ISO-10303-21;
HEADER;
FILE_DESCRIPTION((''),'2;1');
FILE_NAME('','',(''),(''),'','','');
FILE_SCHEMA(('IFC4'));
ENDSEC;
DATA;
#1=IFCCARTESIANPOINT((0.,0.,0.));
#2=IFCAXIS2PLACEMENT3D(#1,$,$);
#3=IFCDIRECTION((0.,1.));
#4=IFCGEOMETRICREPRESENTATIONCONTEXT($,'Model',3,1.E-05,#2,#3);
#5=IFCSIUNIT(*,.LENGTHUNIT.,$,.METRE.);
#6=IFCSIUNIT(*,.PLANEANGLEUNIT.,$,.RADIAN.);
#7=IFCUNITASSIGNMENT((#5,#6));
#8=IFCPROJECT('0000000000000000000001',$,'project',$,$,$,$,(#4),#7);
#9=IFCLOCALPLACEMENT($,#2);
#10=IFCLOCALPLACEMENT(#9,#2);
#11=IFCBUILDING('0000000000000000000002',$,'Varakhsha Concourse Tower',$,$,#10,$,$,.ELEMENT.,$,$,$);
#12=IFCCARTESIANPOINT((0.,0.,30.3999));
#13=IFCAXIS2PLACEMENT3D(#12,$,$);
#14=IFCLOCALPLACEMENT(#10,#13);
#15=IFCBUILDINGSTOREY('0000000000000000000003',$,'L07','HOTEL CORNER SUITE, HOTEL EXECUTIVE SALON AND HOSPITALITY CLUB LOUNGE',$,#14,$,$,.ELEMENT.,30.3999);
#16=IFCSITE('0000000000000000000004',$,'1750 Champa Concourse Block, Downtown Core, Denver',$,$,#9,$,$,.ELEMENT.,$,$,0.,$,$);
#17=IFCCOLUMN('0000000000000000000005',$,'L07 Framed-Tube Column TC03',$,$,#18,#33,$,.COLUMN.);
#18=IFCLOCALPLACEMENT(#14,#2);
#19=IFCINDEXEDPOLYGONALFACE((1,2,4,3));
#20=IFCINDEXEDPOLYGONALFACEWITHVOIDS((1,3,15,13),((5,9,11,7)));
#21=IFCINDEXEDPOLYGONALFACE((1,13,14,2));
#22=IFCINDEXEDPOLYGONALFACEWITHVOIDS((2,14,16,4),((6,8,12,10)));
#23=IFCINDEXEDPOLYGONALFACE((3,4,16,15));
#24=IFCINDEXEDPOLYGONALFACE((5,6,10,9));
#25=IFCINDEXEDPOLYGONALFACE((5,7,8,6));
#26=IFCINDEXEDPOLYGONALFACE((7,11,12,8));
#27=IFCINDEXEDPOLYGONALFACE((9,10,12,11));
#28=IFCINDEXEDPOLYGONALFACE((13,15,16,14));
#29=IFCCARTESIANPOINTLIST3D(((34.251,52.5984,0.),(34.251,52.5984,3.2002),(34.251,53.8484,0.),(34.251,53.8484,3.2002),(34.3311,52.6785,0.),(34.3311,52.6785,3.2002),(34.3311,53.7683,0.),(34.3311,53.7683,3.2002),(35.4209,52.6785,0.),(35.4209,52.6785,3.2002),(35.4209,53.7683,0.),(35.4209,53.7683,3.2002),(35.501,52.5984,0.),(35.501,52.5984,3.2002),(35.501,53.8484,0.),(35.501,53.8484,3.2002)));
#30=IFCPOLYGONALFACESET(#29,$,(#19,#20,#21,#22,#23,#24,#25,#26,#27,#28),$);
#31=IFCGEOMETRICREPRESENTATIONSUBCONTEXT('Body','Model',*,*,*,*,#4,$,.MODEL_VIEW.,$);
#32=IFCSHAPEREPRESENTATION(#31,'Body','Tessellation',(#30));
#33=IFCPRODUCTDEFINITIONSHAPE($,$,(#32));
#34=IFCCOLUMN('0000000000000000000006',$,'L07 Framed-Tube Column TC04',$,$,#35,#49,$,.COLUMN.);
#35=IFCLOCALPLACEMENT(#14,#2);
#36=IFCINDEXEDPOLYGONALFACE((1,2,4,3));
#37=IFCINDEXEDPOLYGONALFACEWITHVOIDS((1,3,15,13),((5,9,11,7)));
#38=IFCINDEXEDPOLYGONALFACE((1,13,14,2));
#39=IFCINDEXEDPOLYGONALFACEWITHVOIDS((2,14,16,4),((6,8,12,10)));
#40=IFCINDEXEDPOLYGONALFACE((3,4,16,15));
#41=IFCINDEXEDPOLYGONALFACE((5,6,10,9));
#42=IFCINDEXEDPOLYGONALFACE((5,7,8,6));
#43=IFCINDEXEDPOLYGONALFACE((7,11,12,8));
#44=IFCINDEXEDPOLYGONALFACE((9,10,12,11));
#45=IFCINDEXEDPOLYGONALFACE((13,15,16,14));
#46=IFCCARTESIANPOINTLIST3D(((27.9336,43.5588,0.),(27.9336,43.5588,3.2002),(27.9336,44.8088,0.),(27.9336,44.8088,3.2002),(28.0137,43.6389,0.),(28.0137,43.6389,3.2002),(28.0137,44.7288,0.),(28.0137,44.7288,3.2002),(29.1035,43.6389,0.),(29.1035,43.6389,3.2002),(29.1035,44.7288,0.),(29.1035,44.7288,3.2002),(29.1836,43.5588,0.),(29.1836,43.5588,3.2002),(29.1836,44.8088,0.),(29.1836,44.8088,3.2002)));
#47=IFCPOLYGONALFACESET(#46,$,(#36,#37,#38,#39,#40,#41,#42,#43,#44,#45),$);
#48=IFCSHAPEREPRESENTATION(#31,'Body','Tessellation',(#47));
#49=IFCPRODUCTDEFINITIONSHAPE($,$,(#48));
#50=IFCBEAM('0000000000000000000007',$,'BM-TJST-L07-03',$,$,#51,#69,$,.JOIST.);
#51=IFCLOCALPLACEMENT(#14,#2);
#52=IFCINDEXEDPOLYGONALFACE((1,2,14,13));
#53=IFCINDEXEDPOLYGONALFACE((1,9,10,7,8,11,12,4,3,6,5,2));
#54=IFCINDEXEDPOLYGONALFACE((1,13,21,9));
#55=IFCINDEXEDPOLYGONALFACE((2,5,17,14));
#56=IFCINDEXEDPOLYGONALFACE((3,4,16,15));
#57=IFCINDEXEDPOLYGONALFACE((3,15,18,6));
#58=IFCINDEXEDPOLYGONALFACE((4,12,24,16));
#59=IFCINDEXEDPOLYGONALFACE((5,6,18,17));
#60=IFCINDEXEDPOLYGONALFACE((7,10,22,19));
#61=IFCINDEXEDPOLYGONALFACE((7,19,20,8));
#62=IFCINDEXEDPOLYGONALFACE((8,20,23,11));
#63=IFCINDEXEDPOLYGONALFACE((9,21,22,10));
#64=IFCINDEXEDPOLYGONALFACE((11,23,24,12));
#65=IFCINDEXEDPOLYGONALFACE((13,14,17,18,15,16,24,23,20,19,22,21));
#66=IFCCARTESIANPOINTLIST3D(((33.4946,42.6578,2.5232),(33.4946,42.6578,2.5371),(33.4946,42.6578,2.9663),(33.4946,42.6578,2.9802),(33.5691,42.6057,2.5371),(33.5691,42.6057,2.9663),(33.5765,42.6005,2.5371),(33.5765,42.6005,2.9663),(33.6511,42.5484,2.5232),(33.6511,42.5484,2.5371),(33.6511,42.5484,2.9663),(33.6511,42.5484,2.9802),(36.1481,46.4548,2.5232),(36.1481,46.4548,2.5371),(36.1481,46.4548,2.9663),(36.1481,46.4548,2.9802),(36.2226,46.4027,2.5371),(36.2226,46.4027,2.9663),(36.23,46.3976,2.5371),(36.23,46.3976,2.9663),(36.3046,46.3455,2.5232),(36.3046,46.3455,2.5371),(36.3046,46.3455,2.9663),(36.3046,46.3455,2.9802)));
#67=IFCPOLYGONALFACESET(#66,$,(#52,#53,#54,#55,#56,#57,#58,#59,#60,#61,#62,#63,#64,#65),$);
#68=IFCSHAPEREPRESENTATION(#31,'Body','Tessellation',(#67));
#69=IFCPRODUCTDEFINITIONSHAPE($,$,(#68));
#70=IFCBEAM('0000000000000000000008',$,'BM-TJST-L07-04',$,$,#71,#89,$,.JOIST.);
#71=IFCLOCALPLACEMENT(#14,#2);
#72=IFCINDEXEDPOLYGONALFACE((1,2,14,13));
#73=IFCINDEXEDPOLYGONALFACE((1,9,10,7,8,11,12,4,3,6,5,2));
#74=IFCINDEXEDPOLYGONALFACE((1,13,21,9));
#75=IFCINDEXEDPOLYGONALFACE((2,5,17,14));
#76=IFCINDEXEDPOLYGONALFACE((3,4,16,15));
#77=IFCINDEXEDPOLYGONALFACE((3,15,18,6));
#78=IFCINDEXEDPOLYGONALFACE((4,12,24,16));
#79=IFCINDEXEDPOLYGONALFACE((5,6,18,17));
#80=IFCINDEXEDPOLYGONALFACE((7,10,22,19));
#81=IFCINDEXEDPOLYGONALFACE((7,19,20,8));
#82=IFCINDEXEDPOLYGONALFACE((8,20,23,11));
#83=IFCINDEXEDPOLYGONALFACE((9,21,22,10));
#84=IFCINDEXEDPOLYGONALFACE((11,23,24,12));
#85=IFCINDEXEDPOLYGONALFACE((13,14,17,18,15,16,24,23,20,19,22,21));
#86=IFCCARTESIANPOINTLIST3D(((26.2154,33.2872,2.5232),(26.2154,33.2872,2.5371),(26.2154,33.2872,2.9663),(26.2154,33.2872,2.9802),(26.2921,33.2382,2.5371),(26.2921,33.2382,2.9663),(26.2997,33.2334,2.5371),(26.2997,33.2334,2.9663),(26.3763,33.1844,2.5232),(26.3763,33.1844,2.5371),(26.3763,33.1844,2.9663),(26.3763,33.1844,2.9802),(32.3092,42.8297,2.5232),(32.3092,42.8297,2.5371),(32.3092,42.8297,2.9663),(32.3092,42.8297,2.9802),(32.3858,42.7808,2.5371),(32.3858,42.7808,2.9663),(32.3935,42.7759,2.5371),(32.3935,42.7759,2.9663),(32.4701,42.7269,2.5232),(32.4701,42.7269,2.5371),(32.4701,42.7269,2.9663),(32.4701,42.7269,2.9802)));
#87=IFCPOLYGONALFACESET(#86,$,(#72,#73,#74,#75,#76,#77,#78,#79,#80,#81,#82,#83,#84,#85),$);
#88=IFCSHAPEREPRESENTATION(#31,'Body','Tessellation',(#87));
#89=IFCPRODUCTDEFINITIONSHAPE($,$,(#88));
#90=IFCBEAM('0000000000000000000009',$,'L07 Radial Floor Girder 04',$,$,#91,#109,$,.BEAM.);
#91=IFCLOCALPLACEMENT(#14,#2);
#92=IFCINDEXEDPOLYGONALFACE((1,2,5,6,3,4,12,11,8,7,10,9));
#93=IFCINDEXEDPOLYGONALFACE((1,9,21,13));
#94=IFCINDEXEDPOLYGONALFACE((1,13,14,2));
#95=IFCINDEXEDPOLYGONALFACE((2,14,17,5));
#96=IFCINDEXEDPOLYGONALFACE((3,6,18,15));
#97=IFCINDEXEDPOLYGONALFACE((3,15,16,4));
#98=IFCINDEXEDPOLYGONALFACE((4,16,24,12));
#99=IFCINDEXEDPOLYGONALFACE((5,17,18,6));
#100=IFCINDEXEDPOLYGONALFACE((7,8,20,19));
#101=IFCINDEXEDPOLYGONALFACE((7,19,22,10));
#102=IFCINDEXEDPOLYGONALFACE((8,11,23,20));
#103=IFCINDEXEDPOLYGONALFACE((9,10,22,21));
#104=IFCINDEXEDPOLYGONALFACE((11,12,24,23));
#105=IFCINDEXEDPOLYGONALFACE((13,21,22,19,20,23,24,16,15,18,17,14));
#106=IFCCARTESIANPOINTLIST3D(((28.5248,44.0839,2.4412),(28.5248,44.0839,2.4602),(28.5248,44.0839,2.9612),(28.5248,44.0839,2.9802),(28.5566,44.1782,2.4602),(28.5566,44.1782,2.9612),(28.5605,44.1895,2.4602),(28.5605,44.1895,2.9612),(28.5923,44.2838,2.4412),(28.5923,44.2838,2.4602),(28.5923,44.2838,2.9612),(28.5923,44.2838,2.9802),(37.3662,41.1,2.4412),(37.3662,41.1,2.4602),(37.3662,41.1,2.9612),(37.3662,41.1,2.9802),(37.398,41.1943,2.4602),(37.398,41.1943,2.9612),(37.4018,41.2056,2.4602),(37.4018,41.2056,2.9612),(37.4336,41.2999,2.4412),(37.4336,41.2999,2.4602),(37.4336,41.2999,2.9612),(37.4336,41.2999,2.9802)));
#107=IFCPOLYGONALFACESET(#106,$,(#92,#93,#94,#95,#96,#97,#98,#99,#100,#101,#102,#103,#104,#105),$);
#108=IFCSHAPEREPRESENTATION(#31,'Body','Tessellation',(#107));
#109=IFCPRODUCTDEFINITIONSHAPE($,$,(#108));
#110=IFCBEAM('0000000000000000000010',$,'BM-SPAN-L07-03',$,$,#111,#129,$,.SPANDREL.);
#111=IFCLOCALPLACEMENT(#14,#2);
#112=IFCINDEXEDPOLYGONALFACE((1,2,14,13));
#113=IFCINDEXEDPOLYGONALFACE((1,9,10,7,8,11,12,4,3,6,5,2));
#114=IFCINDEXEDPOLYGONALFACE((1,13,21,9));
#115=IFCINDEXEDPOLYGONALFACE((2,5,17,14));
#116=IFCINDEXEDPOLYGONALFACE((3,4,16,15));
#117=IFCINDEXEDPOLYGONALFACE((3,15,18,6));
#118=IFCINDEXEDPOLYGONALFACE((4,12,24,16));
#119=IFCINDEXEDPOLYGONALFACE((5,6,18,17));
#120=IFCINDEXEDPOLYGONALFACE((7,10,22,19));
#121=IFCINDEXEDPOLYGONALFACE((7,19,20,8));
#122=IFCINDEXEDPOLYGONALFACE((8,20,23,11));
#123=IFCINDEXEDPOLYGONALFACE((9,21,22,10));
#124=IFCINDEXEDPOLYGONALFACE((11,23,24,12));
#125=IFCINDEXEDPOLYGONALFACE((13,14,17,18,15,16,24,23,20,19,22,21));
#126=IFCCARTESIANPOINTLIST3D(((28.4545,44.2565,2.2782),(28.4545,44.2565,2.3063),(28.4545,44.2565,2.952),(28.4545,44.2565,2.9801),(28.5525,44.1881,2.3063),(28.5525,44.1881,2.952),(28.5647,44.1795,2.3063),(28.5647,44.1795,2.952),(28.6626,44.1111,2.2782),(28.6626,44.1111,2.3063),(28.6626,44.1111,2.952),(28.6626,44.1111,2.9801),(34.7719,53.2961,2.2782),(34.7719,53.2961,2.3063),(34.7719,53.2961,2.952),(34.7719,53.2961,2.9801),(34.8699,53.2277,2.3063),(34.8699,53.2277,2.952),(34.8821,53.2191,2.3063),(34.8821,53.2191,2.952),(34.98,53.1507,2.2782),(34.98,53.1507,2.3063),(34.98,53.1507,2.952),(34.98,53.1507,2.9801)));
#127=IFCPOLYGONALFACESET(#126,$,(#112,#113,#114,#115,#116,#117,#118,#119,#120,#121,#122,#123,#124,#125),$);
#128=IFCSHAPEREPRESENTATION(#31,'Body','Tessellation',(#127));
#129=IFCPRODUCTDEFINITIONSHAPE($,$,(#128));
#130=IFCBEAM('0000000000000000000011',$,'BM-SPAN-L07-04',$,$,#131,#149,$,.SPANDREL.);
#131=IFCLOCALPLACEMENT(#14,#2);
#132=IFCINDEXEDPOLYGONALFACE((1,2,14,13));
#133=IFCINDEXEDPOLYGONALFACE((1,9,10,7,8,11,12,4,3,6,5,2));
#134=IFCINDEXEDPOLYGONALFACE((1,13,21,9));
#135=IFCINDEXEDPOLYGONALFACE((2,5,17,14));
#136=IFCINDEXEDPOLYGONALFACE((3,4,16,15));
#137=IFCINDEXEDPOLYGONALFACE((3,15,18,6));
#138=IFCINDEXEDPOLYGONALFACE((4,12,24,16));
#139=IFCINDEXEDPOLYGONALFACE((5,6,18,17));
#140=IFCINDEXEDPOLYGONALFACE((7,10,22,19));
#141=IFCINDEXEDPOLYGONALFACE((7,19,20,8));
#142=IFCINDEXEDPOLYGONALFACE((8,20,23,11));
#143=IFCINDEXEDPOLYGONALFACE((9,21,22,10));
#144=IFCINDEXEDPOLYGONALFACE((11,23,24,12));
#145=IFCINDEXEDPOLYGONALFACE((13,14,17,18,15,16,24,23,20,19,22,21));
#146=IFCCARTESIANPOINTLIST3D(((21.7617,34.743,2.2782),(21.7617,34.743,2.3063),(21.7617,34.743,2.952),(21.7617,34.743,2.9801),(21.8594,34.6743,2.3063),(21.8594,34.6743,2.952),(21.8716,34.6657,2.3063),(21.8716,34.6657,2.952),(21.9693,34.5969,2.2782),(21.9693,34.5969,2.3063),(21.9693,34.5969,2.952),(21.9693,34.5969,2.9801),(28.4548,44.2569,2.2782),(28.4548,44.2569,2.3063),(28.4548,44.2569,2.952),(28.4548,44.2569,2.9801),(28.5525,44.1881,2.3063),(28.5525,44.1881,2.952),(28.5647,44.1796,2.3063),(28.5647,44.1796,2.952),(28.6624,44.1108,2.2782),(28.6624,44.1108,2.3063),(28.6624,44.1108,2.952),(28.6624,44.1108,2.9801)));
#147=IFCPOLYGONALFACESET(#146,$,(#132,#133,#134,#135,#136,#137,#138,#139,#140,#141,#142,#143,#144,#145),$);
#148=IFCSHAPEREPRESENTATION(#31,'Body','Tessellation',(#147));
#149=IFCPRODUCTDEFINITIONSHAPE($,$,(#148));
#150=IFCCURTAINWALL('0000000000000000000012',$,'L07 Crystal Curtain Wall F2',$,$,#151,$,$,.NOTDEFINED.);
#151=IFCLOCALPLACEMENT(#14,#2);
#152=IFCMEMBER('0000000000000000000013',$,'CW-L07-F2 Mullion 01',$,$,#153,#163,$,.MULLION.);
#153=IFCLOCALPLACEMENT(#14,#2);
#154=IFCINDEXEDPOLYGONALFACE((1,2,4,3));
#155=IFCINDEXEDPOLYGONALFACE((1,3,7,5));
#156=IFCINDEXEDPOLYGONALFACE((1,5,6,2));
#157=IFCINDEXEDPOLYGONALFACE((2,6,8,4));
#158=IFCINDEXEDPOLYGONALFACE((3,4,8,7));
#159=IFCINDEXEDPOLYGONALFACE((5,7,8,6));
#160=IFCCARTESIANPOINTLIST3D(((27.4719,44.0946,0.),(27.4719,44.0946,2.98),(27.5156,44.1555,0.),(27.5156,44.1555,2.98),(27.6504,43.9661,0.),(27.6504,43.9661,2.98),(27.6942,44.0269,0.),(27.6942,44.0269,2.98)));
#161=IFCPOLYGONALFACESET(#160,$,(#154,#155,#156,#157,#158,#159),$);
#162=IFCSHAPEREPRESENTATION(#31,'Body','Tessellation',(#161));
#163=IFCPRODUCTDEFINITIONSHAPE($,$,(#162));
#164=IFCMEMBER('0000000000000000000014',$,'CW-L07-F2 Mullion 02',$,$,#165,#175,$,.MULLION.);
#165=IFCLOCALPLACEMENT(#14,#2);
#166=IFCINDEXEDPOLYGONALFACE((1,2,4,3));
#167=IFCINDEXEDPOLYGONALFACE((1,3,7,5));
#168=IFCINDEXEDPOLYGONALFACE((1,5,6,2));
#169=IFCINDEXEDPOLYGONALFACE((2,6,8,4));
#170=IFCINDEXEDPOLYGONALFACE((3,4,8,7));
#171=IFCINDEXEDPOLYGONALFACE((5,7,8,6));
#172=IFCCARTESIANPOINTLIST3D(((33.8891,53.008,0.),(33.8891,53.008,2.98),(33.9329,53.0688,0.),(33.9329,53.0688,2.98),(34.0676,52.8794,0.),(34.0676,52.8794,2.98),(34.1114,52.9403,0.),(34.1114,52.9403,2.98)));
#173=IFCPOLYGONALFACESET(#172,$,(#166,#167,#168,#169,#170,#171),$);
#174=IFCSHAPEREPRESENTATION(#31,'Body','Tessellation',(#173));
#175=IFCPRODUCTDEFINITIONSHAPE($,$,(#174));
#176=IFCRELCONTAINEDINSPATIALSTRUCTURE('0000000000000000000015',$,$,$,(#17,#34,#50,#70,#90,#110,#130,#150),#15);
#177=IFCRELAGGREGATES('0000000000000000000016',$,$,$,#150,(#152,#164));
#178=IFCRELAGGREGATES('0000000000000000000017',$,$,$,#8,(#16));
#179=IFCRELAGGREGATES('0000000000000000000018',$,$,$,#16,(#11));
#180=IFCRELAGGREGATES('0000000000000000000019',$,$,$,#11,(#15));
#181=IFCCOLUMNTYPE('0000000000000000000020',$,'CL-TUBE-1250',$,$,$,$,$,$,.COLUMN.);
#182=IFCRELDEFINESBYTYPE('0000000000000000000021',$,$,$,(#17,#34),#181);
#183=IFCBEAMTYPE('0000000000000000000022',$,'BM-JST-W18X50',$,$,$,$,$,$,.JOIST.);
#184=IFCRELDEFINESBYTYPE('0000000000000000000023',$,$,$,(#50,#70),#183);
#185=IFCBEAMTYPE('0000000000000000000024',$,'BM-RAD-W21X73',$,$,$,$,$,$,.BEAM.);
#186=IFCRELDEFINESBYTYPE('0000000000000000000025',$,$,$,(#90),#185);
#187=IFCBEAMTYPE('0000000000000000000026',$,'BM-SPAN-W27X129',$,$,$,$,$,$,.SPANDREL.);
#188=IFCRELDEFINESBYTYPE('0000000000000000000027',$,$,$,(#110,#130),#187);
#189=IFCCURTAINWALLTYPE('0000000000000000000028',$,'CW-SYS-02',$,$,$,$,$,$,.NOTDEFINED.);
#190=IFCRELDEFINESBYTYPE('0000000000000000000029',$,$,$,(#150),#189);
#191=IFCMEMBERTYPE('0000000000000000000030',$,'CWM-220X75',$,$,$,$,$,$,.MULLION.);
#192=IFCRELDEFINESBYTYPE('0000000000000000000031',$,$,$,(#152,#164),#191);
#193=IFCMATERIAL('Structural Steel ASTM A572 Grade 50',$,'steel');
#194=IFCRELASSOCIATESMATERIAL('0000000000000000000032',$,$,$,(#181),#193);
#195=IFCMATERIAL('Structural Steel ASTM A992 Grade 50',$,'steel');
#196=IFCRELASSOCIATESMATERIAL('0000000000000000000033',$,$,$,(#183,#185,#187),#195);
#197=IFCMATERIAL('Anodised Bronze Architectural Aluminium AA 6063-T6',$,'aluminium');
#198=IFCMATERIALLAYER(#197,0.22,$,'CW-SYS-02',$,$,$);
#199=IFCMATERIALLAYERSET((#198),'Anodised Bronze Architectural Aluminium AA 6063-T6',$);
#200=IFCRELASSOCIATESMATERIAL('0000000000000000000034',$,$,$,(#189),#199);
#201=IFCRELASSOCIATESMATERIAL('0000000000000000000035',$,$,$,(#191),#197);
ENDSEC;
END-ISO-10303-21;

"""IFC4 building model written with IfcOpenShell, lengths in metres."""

from ifc_helpers import new_model, si_unit, direction, frame, origin, origin_2d, place, context, subcontext, project, spatial, rectangle, hollow_rectangle, i_section, extrude, source, transform, mapped, material, layer, layer_set, material_profile, profile_set, type_object, type_shapes, element, aggregate, save


model = new_model("IFC4")

# Units and contexts
model_context = context("Model", 3, precision=1e-05, world=origin(), true_north=direction((0.0, 1.0)))
body_context = subcontext(model_context, "Body", "Model", "MODEL_VIEW")
ifc_project = project(units=[si_unit("LENGTHUNIT", "METRE"), si_unit("PLANEANGLEUNIT", "RADIAN")], contexts=[model_context])

# Site, building, storey
site_placement = place(None, origin())
site = spatial("IfcSite", under=ifc_project, at=site_placement, Name="1750 Champa Concourse Block, Downtown Core, Denver", CompositionType="ELEMENT", RefElevation=0.0)
building_placement = place(site_placement, origin())
building = spatial("IfcBuilding", under=site, at=building_placement, Name="Varakhsha Concourse Tower", CompositionType="ELEMENT")
storey_placement = place(building_placement, frame((0.0, 0.0, 30.3999)))
storey = spatial("IfcBuildingStorey", under=building, at=storey_placement, Name="L07", Description="HOTEL CORNER SUITE, HOTEL EXECUTIVE SALON AND HOSPITALITY CLUB LOUNGE", CompositionType="ELEMENT", Elevation=30.3999)

# Columns
ifc_material_1 = material(Name="Structural Steel ASTM A572 Grade 50", Category="steel")
ifc_material_profile_1 = material_profile(ifc_material_1, hollow_rectangle(XDim=1.25, YDim=1.25, WallThickness=0.0801, at=origin_2d()), Name="BOX 1250x1250x80")
ifc_profile_set_1 = profile_set([ifc_material_profile_1], Name="Structural Steel ASTM A572 Grade 50")
column_type = type_object("IfcColumnType", Name="CL-TUBE-1250", PredefinedType="COLUMN", material=ifc_profile_set_1)
for number, where, z_axis, x_axis, name in (
    (1, (34.876, 53.2234, 0.0), (0.0, 0.0, 1.0), (1.0, 0.0, 0.0), "L07 Framed-Tube Column TC03"),
    (2, (28.5586, 44.1838, 0.0), (0.0, 0.0, 1.0), (1.0, 0.0, 0.0), "L07 Framed-Tube Column TC04"),
):
    element("IfcColumn", number, at=place(storey_placement, frame(where, z_axis=z_axis, x_axis=x_axis)), inside=storey, type_object=column_type, Name=name, PredefinedType="COLUMN", context=body_context, shape_type="SweptSolid", body=[
        extrude(hollow_rectangle(XDim=1.25, YDim=1.25, WallThickness=0.0801, at=origin_2d()), origin(), (0.0, 0.0, 1.0), 3.2002),
    ])

# Beams
ifc_material_2 = material(Name="Structural Steel ASTM A992 Grade 50", Category="steel")
ifc_material_profile_2 = material_profile(ifc_material_2, i_section(OverallWidth=0.1909, OverallDepth=0.457, WebThickness=0.009, FlangeThickness=0.0139, at=origin_2d()), Name="W18X50")
ifc_profile_set_2 = profile_set([ifc_material_profile_2], Name="Structural Steel ASTM A992 Grade 50")
beam_type_1 = type_object("IfcBeamType", Name="BM-JST-W18X50", PredefinedType="JOIST", material=ifc_profile_set_2)
beam_1_placement = place(storey_placement, frame((36.2263, 46.4001, 2.7517), z_axis=(-0.572822, -0.81968, 0.0), x_axis=(0.81968, -0.572822, 0.0)))
element("IfcBeam", 3, at=beam_1_placement, inside=storey, type_object=beam_type_1, Name="BM-TJST-L07-03", PredefinedType="JOIST", context=body_context, shape_type="SweptSolid", body=[
    extrude(i_section(OverallWidth=0.1909, OverallDepth=0.457, WebThickness=0.009, FlangeThickness=0.0139, at=origin_2d()), origin(), (0.0, 0.0, 1.0), 4.6323),
])
beam_2_placement = place(storey_placement, frame((32.3896, 42.7783, 2.7517), z_axis=(-0.538211, -0.84281, 0.0), x_axis=(0.84281, -0.538211, 0.0)))
element("IfcBeam", 4, at=beam_2_placement, inside=storey, type_object=beam_type_1, Name="BM-TJST-L07-04", PredefinedType="JOIST", context=body_context, shape_type="SweptSolid", body=[
    extrude(i_section(OverallWidth=0.1909, OverallDepth=0.457, WebThickness=0.009, FlangeThickness=0.0139, at=origin_2d()), origin(), (0.0, 0.0, 1.0), 11.3223),
])
ifc_material_profile_3 = material_profile(ifc_material_2, i_section(OverallWidth=0.2109, OverallDepth=0.5391, WebThickness=0.012, FlangeThickness=0.019, at=origin_2d()), Name="W21X73")
ifc_profile_set_3 = profile_set([ifc_material_profile_3], Name="Structural Steel ASTM A992 Grade 50")
beam_type_2 = type_object("IfcBeamType", Name="BM-RAD-W21X73", PredefinedType="BEAM", material=ifc_profile_set_3)
beam_3_placement = place(storey_placement, frame((37.3999, 41.2, 2.7107), z_axis=(-0.947494, 0.319773, 0.0), x_axis=(-0.319773, -0.947494, 0.0)))
element("IfcBeam", 5, at=beam_3_placement, inside=storey, type_object=beam_type_2, Name="L07 Radial Floor Girder 04", PredefinedType="BEAM", context=body_context, shape_type="SweptSolid", body=[
    extrude(i_section(OverallWidth=0.2109, OverallDepth=0.5391, WebThickness=0.012, FlangeThickness=0.019, at=origin_2d()), origin(), (0.0, 0.0, 1.0), 9.3313),
])
ifc_material_profile_4 = material_profile(ifc_material_2, i_section(OverallWidth=0.2539, OverallDepth=0.7019, WebThickness=0.0149, FlangeThickness=0.0281, at=origin_2d()), Name="W27X129")
ifc_profile_set_4 = profile_set([ifc_material_profile_4], Name="Structural Steel ASTM A992 Grade 50")
beam_type_3 = type_object("IfcBeamType", Name="BM-SPAN-W27X129", PredefinedType="SPANDREL", material=ifc_profile_set_4)
beam_4_placement = place(storey_placement, frame((34.876, 53.2234, 2.6292), z_axis=(-0.572835, -0.819671, 0.0), x_axis=(0.819671, -0.572835, 0.0)))
element("IfcBeam", 6, at=beam_4_placement, inside=storey, type_object=beam_type_3, Name="BM-SPAN-L07-03", PredefinedType="SPANDREL", context=body_context, shape_type="SweptSolid", body=[
    extrude(i_section(OverallWidth=0.2539, OverallDepth=0.7019, WebThickness=0.0149, FlangeThickness=0.0281, at=origin_2d()), origin(), (0.0, 0.0, 1.0), 11.0283),
])
beam_5_placement = place(storey_placement, frame((28.5586, 44.1838, 2.6292), z_axis=(-0.575386, -0.817882, 0.0), x_axis=(0.817882, -0.575386, 0.0)))
element("IfcBeam", 7, at=beam_5_placement, inside=storey, type_object=beam_type_3, Name="BM-SPAN-L07-04", PredefinedType="SPANDREL", context=body_context, shape_type="SweptSolid", body=[
    extrude(i_section(OverallWidth=0.2539, OverallDepth=0.7019, WebThickness=0.0149, FlangeThickness=0.0281, at=origin_2d()), origin(), (0.0, 0.0, 1.0), 11.6323),
])

# Curtain wall, members
ifc_material_3 = material(Name="Anodised Bronze Architectural Aluminium AA 6063-T6", Category="aluminium")
ifc_layer_1 = layer(ifc_material_3, 0.22, Name="CW-SYS-02")
ifc_layer_set_1 = layer_set([ifc_layer_1], Name="Anodised Bronze Architectural Aluminium AA 6063-T6")
curtain_wall_type = type_object("IfcCurtainWallType", Name="CW-SYS-02", PredefinedType="NOTDEFINED", material=ifc_layer_set_1)
curtain_wall_placement = place(storey_placement, origin())
curtain_wall = element("IfcCurtainWall", 8, at=curtain_wall_placement, inside=storey, type_object=curtain_wall_type, Name="L07 Crystal Curtain Wall F2", PredefinedType="NOTDEFINED")
ifc_material_profile_5 = material_profile(ifc_material_3, rectangle(XDim=0.075, YDim=0.22, at=origin_2d()), Name="CWM-220X75")
ifc_profile_set_5 = profile_set([ifc_material_profile_5], Name="Anodised Bronze Architectural Aluminium AA 6063-T6")
member_type = type_object("IfcMemberType", Name="CWM-220X75", PredefinedType="MULLION", material=ifc_profile_set_5)
shared_shape_1 = source(origin(), body_context, "Body", "SweptSolid", [
    extrude(rectangle(XDim=0.075, YDim=0.22, at=origin_2d()), origin(), (0.0, 0.0, 1.0), 2.98),
])
type_shapes(member_type, [shared_shape_1])
member_1_placement = place(storey_placement, frame((27.583, 44.0608, 0.0), z_axis=(0.0, 0.0, 1.0), x_axis=(0.584284, 0.81155, 0.0)))
member_1 = element("IfcMember", 9, at=member_1_placement, type_object=member_type, Name="CW-L07-F2 Mullion 01", PredefinedType="MULLION", context=body_context, shape_type="MappedRepresentation", body=[
    mapped(shared_shape_1, transform((0.0, 0.0, 0.0), scale=1.0)),
])
member_2_placement = place(storey_placement, frame((34.0002, 52.9741, 0.0), z_axis=(0.0, 0.0, 1.0), x_axis=(0.584284, 0.81155, 0.0)))
member_2 = element("IfcMember", 10, at=member_2_placement, type_object=member_type, Name="CW-L07-F2 Mullion 02", PredefinedType="MULLION", context=body_context, shape_type="MappedRepresentation", body=[
    mapped(shared_shape_1, transform((0.0, 0.0, 0.0), scale=1.0)),
])

aggregate(curtain_wall, [member_1, member_2])

save(model, "model.ifc")
